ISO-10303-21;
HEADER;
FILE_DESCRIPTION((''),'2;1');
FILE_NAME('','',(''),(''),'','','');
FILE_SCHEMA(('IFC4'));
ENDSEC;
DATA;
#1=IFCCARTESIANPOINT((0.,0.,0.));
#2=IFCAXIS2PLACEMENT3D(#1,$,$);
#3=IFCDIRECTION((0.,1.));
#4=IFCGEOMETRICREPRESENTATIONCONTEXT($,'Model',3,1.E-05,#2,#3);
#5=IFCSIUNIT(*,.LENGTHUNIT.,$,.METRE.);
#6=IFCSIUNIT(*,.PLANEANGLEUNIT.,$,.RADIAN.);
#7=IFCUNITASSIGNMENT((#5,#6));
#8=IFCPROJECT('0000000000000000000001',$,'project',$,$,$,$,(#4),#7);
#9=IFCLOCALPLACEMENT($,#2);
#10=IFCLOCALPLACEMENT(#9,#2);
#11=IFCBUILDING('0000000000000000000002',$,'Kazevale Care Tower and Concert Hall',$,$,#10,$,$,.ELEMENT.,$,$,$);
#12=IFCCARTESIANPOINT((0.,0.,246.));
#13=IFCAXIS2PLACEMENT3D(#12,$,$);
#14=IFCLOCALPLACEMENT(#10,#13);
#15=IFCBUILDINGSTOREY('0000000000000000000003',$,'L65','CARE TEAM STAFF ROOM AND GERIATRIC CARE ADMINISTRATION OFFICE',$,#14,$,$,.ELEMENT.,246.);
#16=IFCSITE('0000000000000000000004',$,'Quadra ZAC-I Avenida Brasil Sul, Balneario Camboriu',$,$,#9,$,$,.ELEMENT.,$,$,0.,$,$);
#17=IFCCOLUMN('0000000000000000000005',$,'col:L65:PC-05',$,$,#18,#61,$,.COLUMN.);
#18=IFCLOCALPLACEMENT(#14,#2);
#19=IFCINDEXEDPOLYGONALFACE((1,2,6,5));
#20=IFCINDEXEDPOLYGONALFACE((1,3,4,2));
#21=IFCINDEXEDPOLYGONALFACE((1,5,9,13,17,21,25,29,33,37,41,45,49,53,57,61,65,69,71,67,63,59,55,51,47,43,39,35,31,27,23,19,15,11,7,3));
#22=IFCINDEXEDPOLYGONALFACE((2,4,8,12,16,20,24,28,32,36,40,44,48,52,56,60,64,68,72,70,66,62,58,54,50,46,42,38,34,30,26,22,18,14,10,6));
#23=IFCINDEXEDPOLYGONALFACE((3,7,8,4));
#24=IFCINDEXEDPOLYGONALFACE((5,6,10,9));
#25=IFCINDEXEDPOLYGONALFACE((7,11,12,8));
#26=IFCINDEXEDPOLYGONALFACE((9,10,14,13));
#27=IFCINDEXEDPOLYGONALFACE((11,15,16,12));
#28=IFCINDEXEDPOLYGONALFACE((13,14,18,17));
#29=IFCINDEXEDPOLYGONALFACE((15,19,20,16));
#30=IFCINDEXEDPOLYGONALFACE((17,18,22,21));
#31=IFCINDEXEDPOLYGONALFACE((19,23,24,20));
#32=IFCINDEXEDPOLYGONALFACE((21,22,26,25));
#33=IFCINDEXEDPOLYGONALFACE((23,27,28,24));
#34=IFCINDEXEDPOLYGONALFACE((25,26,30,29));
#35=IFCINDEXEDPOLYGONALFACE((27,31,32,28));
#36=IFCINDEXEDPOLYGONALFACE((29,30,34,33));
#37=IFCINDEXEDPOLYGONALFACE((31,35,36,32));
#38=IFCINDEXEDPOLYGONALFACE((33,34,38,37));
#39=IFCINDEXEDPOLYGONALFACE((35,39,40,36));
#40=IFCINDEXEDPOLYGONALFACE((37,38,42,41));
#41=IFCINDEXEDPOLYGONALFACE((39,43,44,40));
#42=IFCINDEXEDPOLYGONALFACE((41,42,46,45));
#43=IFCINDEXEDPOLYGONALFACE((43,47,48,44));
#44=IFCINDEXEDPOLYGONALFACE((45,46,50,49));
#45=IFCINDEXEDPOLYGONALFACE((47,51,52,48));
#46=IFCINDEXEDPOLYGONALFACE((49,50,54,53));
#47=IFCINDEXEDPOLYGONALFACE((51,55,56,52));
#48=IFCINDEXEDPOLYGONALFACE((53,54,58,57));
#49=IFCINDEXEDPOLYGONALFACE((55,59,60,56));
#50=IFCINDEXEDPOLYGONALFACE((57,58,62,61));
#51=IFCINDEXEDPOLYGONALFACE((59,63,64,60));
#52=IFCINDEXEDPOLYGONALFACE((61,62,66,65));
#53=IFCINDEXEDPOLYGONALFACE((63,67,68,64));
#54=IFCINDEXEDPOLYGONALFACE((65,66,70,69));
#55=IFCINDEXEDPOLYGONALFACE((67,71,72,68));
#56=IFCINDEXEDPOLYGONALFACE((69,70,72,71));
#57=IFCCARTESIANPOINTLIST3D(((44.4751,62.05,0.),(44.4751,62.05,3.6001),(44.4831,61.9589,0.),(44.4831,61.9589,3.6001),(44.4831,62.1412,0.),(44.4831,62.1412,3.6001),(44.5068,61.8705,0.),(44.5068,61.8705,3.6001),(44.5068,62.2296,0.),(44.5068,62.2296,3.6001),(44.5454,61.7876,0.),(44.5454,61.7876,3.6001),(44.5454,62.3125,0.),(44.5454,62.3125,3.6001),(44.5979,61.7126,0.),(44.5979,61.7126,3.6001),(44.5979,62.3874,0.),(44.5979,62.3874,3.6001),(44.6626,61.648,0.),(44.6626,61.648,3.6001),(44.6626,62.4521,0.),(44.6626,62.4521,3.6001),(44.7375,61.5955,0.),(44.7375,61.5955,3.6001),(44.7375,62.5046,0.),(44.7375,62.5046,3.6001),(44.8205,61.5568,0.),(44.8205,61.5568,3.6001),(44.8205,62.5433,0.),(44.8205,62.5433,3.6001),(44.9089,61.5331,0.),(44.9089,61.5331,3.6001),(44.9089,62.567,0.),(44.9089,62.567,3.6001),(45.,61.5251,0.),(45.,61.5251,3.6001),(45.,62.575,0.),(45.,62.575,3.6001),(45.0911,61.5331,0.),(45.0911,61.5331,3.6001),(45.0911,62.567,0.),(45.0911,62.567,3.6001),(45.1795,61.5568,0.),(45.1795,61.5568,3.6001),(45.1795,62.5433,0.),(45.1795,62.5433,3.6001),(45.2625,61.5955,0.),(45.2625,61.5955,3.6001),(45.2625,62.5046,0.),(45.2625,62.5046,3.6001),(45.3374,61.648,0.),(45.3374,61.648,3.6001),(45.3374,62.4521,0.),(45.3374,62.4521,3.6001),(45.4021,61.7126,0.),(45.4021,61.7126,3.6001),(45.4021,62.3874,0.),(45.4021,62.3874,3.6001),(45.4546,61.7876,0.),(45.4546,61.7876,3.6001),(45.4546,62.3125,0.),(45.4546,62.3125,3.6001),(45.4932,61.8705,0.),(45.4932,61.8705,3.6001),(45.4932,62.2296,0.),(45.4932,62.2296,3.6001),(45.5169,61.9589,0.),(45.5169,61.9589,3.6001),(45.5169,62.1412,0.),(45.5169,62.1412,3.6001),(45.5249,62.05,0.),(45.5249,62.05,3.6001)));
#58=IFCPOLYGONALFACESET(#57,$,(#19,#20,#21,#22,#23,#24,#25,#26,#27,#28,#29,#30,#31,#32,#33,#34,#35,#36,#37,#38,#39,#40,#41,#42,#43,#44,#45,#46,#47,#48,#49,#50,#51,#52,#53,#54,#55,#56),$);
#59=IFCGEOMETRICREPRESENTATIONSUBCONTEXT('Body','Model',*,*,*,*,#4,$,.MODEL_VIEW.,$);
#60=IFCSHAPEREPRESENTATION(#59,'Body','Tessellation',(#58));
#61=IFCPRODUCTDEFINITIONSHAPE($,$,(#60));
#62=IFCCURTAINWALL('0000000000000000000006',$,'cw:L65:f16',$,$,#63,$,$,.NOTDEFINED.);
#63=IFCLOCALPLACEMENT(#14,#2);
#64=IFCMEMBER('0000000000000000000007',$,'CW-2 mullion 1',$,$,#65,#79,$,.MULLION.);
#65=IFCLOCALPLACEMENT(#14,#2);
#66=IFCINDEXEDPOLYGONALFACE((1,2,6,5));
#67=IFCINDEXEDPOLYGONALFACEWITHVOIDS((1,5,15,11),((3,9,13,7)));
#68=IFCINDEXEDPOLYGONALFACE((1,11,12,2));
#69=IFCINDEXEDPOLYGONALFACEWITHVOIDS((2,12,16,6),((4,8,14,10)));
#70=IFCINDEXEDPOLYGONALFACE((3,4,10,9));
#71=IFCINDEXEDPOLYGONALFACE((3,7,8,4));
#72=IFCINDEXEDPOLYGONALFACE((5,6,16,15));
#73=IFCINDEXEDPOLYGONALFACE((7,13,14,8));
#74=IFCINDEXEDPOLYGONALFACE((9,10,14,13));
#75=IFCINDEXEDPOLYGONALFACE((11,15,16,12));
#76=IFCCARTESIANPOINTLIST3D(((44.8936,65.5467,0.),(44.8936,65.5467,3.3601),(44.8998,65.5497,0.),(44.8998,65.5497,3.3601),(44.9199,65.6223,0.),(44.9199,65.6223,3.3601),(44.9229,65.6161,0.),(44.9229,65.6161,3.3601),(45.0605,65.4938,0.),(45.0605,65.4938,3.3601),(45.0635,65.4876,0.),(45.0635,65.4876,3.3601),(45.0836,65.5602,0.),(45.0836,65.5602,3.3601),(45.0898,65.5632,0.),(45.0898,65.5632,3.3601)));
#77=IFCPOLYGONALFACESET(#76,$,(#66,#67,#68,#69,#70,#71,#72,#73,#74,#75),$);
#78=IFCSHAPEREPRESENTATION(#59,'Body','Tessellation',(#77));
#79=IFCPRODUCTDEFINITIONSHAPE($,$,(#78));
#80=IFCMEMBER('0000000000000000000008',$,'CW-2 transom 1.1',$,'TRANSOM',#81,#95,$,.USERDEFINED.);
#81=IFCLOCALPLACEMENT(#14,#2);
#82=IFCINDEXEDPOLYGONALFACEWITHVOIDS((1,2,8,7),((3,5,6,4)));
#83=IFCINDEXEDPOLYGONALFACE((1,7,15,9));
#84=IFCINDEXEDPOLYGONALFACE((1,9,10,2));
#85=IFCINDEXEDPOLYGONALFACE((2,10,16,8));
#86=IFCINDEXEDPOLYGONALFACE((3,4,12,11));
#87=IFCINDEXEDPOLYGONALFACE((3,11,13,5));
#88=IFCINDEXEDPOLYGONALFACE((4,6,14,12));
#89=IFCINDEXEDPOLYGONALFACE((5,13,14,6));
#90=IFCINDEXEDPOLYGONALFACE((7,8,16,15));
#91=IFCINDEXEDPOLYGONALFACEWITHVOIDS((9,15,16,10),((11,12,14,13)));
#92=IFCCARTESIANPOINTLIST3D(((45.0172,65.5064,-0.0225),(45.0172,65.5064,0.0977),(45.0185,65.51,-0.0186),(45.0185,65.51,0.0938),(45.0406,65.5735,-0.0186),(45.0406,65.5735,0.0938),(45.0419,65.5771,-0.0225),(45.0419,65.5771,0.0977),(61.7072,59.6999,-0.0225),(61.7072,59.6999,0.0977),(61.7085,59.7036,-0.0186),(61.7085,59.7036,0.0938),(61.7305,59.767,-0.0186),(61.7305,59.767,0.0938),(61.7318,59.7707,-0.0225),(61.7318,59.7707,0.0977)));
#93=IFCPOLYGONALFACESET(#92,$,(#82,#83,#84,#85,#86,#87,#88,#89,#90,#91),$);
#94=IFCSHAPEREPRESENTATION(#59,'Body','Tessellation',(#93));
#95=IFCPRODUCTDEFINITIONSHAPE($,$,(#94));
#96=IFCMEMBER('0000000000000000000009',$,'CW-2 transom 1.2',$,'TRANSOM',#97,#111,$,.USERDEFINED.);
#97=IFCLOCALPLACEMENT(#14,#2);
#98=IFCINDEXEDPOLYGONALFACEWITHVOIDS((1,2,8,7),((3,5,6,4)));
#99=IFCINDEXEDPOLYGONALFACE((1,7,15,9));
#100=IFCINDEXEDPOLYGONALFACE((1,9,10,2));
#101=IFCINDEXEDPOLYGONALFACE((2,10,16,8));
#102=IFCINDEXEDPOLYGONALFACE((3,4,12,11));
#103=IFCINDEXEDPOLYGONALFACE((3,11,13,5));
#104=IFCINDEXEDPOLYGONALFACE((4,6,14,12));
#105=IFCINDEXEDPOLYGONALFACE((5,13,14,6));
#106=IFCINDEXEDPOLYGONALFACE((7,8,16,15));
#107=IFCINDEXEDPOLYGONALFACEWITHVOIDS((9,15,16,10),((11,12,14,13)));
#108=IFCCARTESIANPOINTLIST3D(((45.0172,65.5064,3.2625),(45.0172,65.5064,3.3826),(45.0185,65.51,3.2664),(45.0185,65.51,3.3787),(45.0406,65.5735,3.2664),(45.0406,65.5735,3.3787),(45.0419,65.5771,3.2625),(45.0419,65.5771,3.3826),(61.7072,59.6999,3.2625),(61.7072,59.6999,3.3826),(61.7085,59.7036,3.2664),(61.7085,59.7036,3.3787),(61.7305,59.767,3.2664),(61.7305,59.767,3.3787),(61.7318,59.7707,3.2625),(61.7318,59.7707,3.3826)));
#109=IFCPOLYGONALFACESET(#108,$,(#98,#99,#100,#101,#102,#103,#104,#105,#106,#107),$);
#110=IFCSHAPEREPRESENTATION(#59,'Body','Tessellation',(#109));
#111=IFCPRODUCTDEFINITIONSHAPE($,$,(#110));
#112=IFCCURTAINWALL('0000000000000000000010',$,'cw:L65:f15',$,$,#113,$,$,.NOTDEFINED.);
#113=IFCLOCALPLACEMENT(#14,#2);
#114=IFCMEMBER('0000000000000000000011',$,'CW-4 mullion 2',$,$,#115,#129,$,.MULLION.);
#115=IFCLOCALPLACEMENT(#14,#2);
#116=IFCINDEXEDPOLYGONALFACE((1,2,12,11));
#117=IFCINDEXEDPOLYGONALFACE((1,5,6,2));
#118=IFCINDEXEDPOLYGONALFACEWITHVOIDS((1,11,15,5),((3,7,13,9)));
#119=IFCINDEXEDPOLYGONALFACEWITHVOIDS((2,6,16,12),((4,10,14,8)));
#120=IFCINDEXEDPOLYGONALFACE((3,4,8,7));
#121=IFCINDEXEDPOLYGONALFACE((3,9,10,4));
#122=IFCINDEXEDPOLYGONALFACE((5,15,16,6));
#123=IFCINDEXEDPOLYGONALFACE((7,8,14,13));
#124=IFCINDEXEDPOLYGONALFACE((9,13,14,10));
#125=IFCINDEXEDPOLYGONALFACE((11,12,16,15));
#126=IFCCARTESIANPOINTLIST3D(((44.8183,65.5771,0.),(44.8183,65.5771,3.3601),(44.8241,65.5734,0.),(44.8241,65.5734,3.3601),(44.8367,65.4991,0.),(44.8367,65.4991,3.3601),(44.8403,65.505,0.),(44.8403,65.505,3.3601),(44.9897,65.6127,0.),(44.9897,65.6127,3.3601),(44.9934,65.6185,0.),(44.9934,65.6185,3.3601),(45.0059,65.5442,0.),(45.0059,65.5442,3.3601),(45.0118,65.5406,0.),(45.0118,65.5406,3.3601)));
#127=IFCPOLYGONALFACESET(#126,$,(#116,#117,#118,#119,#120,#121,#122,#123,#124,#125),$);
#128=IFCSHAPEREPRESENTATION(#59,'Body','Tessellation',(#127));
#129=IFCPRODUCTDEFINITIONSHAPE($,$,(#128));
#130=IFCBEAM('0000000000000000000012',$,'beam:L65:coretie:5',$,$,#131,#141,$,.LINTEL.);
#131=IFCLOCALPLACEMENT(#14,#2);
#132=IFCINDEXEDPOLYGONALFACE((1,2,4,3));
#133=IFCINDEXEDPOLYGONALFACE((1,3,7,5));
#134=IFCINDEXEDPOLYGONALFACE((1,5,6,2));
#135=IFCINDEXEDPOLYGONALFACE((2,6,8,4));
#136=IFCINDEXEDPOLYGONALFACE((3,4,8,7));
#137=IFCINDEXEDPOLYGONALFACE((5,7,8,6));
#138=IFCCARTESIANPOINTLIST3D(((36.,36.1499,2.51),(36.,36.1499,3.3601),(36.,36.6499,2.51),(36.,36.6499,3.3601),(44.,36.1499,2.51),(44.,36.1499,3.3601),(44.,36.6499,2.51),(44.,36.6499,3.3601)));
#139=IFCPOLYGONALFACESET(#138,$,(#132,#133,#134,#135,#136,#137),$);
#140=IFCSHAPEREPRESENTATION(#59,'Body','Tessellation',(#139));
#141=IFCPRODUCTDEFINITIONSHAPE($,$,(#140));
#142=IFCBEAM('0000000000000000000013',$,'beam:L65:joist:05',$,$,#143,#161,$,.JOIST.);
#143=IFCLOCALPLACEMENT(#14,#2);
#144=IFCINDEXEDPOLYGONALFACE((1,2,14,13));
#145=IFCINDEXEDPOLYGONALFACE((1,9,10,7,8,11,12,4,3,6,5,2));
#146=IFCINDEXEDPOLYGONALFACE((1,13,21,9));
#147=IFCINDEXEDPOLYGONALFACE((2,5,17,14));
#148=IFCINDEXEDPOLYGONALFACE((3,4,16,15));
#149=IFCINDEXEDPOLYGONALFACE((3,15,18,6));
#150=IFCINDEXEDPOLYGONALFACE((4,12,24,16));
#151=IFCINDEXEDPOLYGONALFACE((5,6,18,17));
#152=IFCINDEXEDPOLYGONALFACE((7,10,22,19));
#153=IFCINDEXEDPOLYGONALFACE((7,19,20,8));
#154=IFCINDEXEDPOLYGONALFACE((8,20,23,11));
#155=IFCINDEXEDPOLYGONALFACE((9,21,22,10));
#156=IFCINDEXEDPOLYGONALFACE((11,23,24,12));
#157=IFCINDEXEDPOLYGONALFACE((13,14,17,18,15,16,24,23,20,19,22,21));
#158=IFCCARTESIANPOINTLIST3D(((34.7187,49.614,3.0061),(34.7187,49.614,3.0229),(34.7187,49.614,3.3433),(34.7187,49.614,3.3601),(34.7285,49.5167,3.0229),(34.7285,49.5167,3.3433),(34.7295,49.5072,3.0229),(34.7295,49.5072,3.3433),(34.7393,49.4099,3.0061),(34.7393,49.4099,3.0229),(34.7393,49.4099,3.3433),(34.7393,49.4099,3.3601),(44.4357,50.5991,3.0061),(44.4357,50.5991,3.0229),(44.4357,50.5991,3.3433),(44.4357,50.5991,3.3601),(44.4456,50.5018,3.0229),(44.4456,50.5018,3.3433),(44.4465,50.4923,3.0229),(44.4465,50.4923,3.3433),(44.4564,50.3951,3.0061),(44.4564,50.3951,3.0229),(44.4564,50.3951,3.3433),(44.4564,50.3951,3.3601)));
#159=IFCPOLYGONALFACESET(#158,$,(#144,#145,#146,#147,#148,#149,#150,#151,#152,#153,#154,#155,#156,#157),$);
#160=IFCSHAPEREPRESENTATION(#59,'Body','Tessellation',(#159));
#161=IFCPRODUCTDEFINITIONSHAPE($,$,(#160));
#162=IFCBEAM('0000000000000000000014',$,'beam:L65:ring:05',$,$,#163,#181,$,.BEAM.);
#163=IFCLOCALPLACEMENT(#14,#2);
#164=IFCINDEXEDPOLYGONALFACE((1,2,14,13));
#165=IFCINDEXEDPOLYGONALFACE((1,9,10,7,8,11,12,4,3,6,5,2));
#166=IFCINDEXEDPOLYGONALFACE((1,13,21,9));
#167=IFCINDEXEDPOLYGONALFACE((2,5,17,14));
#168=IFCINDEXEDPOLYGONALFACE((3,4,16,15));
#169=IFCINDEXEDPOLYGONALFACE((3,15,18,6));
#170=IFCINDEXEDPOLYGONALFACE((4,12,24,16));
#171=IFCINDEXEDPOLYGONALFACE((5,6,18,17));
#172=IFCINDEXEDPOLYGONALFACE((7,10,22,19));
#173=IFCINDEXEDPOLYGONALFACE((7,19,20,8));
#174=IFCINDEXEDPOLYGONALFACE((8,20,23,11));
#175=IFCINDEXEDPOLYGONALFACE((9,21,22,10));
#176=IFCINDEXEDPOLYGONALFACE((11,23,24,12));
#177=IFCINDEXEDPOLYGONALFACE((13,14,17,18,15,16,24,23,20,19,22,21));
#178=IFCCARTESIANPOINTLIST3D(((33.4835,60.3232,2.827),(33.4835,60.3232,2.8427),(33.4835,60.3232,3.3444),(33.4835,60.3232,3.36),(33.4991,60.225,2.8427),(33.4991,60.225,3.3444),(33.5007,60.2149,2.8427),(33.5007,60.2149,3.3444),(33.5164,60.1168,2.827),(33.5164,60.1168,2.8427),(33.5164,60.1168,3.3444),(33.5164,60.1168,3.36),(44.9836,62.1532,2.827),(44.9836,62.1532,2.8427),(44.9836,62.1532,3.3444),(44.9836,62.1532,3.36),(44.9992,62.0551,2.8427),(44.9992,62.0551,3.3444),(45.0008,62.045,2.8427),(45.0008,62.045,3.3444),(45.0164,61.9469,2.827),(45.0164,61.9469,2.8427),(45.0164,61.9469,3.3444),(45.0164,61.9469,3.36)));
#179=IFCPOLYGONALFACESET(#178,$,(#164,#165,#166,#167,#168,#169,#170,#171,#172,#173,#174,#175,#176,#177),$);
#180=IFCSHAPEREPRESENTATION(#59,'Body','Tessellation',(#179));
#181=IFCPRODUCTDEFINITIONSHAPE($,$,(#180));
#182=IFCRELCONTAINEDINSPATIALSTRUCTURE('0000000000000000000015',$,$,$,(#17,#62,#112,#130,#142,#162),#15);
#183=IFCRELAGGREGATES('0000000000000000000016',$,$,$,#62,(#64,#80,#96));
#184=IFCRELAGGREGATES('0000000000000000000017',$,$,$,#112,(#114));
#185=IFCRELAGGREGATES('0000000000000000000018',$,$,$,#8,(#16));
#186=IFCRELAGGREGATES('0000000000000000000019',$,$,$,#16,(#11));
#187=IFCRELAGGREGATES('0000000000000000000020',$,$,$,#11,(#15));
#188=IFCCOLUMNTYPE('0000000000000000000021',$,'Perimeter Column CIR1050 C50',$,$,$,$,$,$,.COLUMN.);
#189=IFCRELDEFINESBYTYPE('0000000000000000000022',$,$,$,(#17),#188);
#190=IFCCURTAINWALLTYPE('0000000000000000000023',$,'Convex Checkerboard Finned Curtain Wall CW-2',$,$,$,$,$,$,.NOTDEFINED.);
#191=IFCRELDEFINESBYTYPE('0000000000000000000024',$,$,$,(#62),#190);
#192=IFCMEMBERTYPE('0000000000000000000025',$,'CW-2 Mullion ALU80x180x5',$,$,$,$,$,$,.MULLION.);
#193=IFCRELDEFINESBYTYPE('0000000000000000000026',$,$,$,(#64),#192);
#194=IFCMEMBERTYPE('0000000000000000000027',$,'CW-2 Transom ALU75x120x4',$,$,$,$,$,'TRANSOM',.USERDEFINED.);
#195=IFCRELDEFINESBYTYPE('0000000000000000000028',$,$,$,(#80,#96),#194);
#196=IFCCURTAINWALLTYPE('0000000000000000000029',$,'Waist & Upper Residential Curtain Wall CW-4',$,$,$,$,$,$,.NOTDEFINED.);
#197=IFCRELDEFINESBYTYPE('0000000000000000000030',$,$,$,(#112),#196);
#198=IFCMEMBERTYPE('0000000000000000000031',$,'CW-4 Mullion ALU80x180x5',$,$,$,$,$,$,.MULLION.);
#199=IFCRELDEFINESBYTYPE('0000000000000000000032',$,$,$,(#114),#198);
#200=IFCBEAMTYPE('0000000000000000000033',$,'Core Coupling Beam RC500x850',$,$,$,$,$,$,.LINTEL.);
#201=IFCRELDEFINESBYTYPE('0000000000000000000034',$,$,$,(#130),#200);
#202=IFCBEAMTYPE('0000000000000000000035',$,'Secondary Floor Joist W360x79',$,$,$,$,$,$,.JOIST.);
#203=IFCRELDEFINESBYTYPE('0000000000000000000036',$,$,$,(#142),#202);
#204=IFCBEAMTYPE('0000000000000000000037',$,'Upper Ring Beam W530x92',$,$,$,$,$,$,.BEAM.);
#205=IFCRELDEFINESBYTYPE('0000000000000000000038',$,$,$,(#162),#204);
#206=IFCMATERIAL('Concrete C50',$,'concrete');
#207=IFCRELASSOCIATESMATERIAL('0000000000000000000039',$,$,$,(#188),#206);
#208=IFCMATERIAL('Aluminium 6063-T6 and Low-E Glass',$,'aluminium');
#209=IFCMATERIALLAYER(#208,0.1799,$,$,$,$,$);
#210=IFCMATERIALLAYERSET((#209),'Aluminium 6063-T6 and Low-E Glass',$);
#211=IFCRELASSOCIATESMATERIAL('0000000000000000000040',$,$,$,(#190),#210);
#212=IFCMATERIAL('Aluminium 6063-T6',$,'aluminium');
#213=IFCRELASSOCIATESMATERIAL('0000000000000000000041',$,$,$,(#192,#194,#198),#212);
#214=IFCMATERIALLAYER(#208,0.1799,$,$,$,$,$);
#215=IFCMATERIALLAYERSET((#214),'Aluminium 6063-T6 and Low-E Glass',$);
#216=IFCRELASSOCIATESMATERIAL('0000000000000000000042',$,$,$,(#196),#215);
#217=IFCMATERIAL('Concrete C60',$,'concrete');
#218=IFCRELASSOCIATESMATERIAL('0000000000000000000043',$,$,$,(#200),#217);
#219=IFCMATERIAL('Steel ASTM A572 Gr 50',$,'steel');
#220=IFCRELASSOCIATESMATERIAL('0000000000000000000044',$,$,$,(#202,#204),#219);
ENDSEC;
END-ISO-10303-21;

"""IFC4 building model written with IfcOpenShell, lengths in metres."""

from ifc_helpers import new_model, si_unit, direction, frame, origin, origin_2d, place, context, subcontext, project, spatial, rectangle, hollow_rectangle, circle, i_section, extrude, material, layer, layer_set, material_profile, profile_set, type_object, element, aggregate, save


model = new_model("IFC4")

# Units and contexts
model_context = context("Model", 3, precision=1e-05, world=origin(), true_north=direction((0.0, 1.0)))
body_context = subcontext(model_context, "Body", "Model", "MODEL_VIEW")
ifc_project = project(units=[si_unit("LENGTHUNIT", "METRE"), si_unit("PLANEANGLEUNIT", "RADIAN")], contexts=[model_context])

# Site, building, storey
site_placement = place(None, origin())
site = spatial("IfcSite", under=ifc_project, at=site_placement, Name="Quadra ZAC-I Avenida Brasil Sul, Balneario Camboriu", CompositionType="ELEMENT", RefElevation=0.0)
building_placement = place(site_placement, origin())
building = spatial("IfcBuilding", under=site, at=building_placement, Name="Kazevale Care Tower and Concert Hall", CompositionType="ELEMENT")
storey_placement = place(building_placement, frame((0.0, 0.0, 246.0)))
storey = spatial("IfcBuildingStorey", under=building, at=storey_placement, Name="L65", Description="CARE TEAM STAFF ROOM AND GERIATRIC CARE ADMINISTRATION OFFICE", CompositionType="ELEMENT", Elevation=246.0)

# Column
ifc_material_1 = material(Name="Concrete C50", Category="concrete")
ifc_material_profile_1 = material_profile(ifc_material_1, circle(Radius=0.5249, at=origin_2d()), Name="RC-CIR1050")
ifc_profile_set_1 = profile_set([ifc_material_profile_1], Name="Concrete C50")
column_type = type_object("IfcColumnType", Name="Perimeter Column CIR1050 C50", PredefinedType="COLUMN", material=ifc_profile_set_1)
column_placement = place(storey_placement, frame((45.0, 62.05, 0.0), z_axis=(0.0, 0.0, 1.0), x_axis=(1.0, 0.0, 0.0)))
element("IfcColumn", 1, at=column_placement, inside=storey, type_object=column_type, Name="col:L65:PC-05", PredefinedType="COLUMN", context=body_context, shape_type="SweptSolid", body=[
    extrude(circle(Radius=0.5249, at=origin_2d()), origin(), (0.0, 0.0, 1.0), 3.6001),
])

# Curtain wall, members
ifc_material_2 = material(Name="Aluminium 6063-T6 and Low-E Glass", Category="aluminium")
ifc_layer_1 = layer(ifc_material_2, 0.1799)
ifc_layer_set_1 = layer_set([ifc_layer_1], Name="Aluminium 6063-T6 and Low-E Glass")
curtain_wall_type_1 = type_object("IfcCurtainWallType", Name="Convex Checkerboard Finned Curtain Wall CW-2", PredefinedType="NOTDEFINED", material=ifc_layer_set_1)
curtain_wall_1_placement = place(storey_placement, origin())
curtain_wall_1 = element("IfcCurtainWall", 2, at=curtain_wall_1_placement, inside=storey, type_object=curtain_wall_type_1, Name="cw:L65:f16", PredefinedType="NOTDEFINED")
ifc_material_3 = material(Name="Aluminium 6063-T6", Category="aluminium")
ifc_material_profile_2 = material_profile(ifc_material_3, hollow_rectangle(XDim=0.0801, YDim=0.1799, WallThickness=0.0049, at=origin_2d()), Name="ALU80x180x5")
ifc_profile_set_2 = profile_set([ifc_material_profile_2], Name="Aluminium 6063-T6")
member_type_1 = type_object("IfcMemberType", Name="CW-2 Mullion ALU80x180x5", PredefinedType="MULLION", material=ifc_profile_set_2)
member_1_placement = place(storey_placement, frame((44.9917, 65.5549, 0.0), z_axis=(0.0, 0.0, 1.0), x_axis=(0.328584, 0.944475, 0.0)))
member_1 = element("IfcMember", 3, at=member_1_placement, type_object=member_type_1, Name="CW-2 mullion 1", PredefinedType="MULLION", context=body_context, shape_type="SweptSolid", body=[
    extrude(hollow_rectangle(XDim=0.0801, YDim=0.1799, WallThickness=0.0049, at=origin_2d()), origin(), (0.0, 0.0, 1.0), 3.3601),
])
ifc_material_profile_3 = material_profile(ifc_material_3, hollow_rectangle(XDim=0.075, YDim=0.1201, WallThickness=0.0039, at=origin_2d()), Name="ALU75x120x4")
ifc_profile_set_3 = profile_set([ifc_material_profile_3], Name="Aluminium 6063-T6")
member_type_2 = type_object("IfcMemberType", Name="CW-2 Transom ALU75x120x4", ElementType="TRANSOM", PredefinedType="USERDEFINED", material=ifc_profile_set_3)
member_2_placement = place(storey_placement, frame((45.0295, 65.5417, 0.0376), z_axis=(0.944476, -0.328581, 0.0), x_axis=(0.328581, 0.944476, 0.0)))
member_2 = element("IfcMember", 4, at=member_2_placement, type_object=member_type_2, Name="CW-2 transom 1.1", ObjectType="TRANSOM", PredefinedType="USERDEFINED", context=body_context, shape_type="SweptSolid", body=[
    extrude(hollow_rectangle(XDim=0.075, YDim=0.1201, WallThickness=0.0039, at=origin_2d()), origin(), (0.0, 0.0, 1.0), 17.6711),
])
member_3_placement = place(storey_placement, frame((45.0295, 65.5417, 3.3225), z_axis=(0.944476, -0.328581, 0.0), x_axis=(0.328581, 0.944476, 0.0)))
member_3 = element("IfcMember", 5, at=member_3_placement, type_object=member_type_2, Name="CW-2 transom 1.2", ObjectType="TRANSOM", PredefinedType="USERDEFINED", context=body_context, shape_type="SweptSolid", body=[
    extrude(hollow_rectangle(XDim=0.075, YDim=0.1201, WallThickness=0.0039, at=origin_2d()), origin(), (0.0, 0.0, 1.0), 17.6711),
])
aggregate(curtain_wall_1, [member_1, member_2, member_3])

# Curtain wall, member
ifc_layer_2 = layer(ifc_material_2, 0.1799)
ifc_layer_set_2 = layer_set([ifc_layer_2], Name="Aluminium 6063-T6 and Low-E Glass")
curtain_wall_type_2 = type_object("IfcCurtainWallType", Name="Waist & Upper Residential Curtain Wall CW-4", PredefinedType="NOTDEFINED", material=ifc_layer_set_2)
curtain_wall_2_placement = place(storey_placement, origin())
curtain_wall_2 = element("IfcCurtainWall", 6, at=curtain_wall_2_placement, inside=storey, type_object=curtain_wall_type_2, Name="cw:L65:f15", PredefinedType="NOTDEFINED")
ifc_material_profile_4 = material_profile(ifc_material_3, hollow_rectangle(XDim=0.0801, YDim=0.1799, WallThickness=0.0049, at=origin_2d()), Name="ALU80x180x5")
ifc_profile_set_4 = profile_set([ifc_material_profile_4], Name="Aluminium 6063-T6")
member_type_3 = type_object("IfcMemberType", Name="CW-4 Mullion ALU80x180x5", PredefinedType="MULLION", material=ifc_profile_set_4)
member_4_placement = place(storey_placement, frame((44.915, 65.5588, 0.0), z_axis=(0.0, 0.0, 1.0), x_axis=(-0.230439, 0.973087, 0.0)))
member_4 = element("IfcMember", 7, at=member_4_placement, type_object=member_type_3, Name="CW-4 mullion 2", PredefinedType="MULLION", context=body_context, shape_type="SweptSolid", body=[
    extrude(hollow_rectangle(XDim=0.0801, YDim=0.1799, WallThickness=0.0049, at=origin_2d()), origin(), (0.0, 0.0, 1.0), 3.3601),
])

# Beams
ifc_material_4 = material(Name="Concrete C60", Category="concrete")
ifc_material_profile_5 = material_profile(ifc_material_4, rectangle(XDim=0.5, YDim=0.8501, at=origin_2d()), Name="RC-B500x850")
ifc_profile_set_5 = profile_set([ifc_material_profile_5], Name="Concrete C60")
beam_type_1 = type_object("IfcBeamType", Name="Core Coupling Beam RC500x850", PredefinedType="LINTEL", material=ifc_profile_set_5)
beam_1_placement = place(storey_placement, frame((44.0, 36.3999, 2.9351), z_axis=(-1.0, 0.0, 0.0), x_axis=(0.0, -1.0, 0.0)))
element("IfcBeam", 8, at=beam_1_placement, inside=storey, type_object=beam_type_1, Name="beam:L65:coretie:5", PredefinedType="LINTEL", context=body_context, shape_type="SweptSolid", body=[
    extrude(rectangle(XDim=0.5, YDim=0.8501, at=origin_2d()), origin(), (0.0, 0.0, 1.0), 8.0),
])
ifc_material_5 = material(Name="Steel ASTM A572 Gr 50", Category="steel")
ifc_material_profile_6 = material_profile(ifc_material_5, i_section(OverallWidth=0.2051, OverallDepth=0.354, WebThickness=0.0095, FlangeThickness=0.0168, at=origin_2d()), Name="W360x79")
ifc_profile_set_6 = profile_set([ifc_material_profile_6], Name="Steel ASTM A572 Gr 50")
beam_type_2 = type_object("IfcBeamType", Name="Secondary Floor Joist W360x79", PredefinedType="JOIST", material=ifc_profile_set_6)
beam_2_placement = place(storey_placement, frame((44.446, 50.4971, 3.1831), z_axis=(-0.9949, -0.100862, 0.0), x_axis=(0.100862, -0.9949, 0.0)))
element("IfcBeam", 9, at=beam_2_placement, inside=storey, type_object=beam_type_2, Name="beam:L65:joist:05", PredefinedType="JOIST", context=body_context, shape_type="SweptSolid", body=[
    extrude(i_section(OverallWidth=0.2051, OverallDepth=0.354, WebThickness=0.0095, FlangeThickness=0.0168, at=origin_2d()), origin(), (0.0, 0.0, 1.0), 9.7668),
])
ifc_material_profile_7 = material_profile(ifc_material_5, i_section(OverallWidth=0.209, OverallDepth=0.533, WebThickness=0.0103, FlangeThickness=0.0156, at=origin_2d()), Name="W530x92")
ifc_profile_set_7 = profile_set([ifc_material_profile_7], Name="Steel ASTM A572 Gr 50")
beam_type_3 = type_object("IfcBeamType", Name="Upper Ring Beam W530x92", PredefinedType="BEAM", material=ifc_profile_set_7)
beam_3_placement = place(storey_placement, frame((45.0, 62.05, 3.0935), z_axis=(-0.987573, -0.15716, 0.0), x_axis=(0.15716, -0.987573, 0.0)))
element("IfcBeam", 10, at=beam_3_placement, inside=storey, type_object=beam_type_3, Name="beam:L65:ring:05", PredefinedType="BEAM", context=body_context, shape_type="SweptSolid", body=[
    extrude(i_section(OverallWidth=0.209, OverallDepth=0.533, WebThickness=0.0103, FlangeThickness=0.0156, at=origin_2d()), origin(), (0.0, 0.0, 1.0), 11.6448),
])

aggregate(curtain_wall_2, [member_4])

save(model, "model.ifc")
